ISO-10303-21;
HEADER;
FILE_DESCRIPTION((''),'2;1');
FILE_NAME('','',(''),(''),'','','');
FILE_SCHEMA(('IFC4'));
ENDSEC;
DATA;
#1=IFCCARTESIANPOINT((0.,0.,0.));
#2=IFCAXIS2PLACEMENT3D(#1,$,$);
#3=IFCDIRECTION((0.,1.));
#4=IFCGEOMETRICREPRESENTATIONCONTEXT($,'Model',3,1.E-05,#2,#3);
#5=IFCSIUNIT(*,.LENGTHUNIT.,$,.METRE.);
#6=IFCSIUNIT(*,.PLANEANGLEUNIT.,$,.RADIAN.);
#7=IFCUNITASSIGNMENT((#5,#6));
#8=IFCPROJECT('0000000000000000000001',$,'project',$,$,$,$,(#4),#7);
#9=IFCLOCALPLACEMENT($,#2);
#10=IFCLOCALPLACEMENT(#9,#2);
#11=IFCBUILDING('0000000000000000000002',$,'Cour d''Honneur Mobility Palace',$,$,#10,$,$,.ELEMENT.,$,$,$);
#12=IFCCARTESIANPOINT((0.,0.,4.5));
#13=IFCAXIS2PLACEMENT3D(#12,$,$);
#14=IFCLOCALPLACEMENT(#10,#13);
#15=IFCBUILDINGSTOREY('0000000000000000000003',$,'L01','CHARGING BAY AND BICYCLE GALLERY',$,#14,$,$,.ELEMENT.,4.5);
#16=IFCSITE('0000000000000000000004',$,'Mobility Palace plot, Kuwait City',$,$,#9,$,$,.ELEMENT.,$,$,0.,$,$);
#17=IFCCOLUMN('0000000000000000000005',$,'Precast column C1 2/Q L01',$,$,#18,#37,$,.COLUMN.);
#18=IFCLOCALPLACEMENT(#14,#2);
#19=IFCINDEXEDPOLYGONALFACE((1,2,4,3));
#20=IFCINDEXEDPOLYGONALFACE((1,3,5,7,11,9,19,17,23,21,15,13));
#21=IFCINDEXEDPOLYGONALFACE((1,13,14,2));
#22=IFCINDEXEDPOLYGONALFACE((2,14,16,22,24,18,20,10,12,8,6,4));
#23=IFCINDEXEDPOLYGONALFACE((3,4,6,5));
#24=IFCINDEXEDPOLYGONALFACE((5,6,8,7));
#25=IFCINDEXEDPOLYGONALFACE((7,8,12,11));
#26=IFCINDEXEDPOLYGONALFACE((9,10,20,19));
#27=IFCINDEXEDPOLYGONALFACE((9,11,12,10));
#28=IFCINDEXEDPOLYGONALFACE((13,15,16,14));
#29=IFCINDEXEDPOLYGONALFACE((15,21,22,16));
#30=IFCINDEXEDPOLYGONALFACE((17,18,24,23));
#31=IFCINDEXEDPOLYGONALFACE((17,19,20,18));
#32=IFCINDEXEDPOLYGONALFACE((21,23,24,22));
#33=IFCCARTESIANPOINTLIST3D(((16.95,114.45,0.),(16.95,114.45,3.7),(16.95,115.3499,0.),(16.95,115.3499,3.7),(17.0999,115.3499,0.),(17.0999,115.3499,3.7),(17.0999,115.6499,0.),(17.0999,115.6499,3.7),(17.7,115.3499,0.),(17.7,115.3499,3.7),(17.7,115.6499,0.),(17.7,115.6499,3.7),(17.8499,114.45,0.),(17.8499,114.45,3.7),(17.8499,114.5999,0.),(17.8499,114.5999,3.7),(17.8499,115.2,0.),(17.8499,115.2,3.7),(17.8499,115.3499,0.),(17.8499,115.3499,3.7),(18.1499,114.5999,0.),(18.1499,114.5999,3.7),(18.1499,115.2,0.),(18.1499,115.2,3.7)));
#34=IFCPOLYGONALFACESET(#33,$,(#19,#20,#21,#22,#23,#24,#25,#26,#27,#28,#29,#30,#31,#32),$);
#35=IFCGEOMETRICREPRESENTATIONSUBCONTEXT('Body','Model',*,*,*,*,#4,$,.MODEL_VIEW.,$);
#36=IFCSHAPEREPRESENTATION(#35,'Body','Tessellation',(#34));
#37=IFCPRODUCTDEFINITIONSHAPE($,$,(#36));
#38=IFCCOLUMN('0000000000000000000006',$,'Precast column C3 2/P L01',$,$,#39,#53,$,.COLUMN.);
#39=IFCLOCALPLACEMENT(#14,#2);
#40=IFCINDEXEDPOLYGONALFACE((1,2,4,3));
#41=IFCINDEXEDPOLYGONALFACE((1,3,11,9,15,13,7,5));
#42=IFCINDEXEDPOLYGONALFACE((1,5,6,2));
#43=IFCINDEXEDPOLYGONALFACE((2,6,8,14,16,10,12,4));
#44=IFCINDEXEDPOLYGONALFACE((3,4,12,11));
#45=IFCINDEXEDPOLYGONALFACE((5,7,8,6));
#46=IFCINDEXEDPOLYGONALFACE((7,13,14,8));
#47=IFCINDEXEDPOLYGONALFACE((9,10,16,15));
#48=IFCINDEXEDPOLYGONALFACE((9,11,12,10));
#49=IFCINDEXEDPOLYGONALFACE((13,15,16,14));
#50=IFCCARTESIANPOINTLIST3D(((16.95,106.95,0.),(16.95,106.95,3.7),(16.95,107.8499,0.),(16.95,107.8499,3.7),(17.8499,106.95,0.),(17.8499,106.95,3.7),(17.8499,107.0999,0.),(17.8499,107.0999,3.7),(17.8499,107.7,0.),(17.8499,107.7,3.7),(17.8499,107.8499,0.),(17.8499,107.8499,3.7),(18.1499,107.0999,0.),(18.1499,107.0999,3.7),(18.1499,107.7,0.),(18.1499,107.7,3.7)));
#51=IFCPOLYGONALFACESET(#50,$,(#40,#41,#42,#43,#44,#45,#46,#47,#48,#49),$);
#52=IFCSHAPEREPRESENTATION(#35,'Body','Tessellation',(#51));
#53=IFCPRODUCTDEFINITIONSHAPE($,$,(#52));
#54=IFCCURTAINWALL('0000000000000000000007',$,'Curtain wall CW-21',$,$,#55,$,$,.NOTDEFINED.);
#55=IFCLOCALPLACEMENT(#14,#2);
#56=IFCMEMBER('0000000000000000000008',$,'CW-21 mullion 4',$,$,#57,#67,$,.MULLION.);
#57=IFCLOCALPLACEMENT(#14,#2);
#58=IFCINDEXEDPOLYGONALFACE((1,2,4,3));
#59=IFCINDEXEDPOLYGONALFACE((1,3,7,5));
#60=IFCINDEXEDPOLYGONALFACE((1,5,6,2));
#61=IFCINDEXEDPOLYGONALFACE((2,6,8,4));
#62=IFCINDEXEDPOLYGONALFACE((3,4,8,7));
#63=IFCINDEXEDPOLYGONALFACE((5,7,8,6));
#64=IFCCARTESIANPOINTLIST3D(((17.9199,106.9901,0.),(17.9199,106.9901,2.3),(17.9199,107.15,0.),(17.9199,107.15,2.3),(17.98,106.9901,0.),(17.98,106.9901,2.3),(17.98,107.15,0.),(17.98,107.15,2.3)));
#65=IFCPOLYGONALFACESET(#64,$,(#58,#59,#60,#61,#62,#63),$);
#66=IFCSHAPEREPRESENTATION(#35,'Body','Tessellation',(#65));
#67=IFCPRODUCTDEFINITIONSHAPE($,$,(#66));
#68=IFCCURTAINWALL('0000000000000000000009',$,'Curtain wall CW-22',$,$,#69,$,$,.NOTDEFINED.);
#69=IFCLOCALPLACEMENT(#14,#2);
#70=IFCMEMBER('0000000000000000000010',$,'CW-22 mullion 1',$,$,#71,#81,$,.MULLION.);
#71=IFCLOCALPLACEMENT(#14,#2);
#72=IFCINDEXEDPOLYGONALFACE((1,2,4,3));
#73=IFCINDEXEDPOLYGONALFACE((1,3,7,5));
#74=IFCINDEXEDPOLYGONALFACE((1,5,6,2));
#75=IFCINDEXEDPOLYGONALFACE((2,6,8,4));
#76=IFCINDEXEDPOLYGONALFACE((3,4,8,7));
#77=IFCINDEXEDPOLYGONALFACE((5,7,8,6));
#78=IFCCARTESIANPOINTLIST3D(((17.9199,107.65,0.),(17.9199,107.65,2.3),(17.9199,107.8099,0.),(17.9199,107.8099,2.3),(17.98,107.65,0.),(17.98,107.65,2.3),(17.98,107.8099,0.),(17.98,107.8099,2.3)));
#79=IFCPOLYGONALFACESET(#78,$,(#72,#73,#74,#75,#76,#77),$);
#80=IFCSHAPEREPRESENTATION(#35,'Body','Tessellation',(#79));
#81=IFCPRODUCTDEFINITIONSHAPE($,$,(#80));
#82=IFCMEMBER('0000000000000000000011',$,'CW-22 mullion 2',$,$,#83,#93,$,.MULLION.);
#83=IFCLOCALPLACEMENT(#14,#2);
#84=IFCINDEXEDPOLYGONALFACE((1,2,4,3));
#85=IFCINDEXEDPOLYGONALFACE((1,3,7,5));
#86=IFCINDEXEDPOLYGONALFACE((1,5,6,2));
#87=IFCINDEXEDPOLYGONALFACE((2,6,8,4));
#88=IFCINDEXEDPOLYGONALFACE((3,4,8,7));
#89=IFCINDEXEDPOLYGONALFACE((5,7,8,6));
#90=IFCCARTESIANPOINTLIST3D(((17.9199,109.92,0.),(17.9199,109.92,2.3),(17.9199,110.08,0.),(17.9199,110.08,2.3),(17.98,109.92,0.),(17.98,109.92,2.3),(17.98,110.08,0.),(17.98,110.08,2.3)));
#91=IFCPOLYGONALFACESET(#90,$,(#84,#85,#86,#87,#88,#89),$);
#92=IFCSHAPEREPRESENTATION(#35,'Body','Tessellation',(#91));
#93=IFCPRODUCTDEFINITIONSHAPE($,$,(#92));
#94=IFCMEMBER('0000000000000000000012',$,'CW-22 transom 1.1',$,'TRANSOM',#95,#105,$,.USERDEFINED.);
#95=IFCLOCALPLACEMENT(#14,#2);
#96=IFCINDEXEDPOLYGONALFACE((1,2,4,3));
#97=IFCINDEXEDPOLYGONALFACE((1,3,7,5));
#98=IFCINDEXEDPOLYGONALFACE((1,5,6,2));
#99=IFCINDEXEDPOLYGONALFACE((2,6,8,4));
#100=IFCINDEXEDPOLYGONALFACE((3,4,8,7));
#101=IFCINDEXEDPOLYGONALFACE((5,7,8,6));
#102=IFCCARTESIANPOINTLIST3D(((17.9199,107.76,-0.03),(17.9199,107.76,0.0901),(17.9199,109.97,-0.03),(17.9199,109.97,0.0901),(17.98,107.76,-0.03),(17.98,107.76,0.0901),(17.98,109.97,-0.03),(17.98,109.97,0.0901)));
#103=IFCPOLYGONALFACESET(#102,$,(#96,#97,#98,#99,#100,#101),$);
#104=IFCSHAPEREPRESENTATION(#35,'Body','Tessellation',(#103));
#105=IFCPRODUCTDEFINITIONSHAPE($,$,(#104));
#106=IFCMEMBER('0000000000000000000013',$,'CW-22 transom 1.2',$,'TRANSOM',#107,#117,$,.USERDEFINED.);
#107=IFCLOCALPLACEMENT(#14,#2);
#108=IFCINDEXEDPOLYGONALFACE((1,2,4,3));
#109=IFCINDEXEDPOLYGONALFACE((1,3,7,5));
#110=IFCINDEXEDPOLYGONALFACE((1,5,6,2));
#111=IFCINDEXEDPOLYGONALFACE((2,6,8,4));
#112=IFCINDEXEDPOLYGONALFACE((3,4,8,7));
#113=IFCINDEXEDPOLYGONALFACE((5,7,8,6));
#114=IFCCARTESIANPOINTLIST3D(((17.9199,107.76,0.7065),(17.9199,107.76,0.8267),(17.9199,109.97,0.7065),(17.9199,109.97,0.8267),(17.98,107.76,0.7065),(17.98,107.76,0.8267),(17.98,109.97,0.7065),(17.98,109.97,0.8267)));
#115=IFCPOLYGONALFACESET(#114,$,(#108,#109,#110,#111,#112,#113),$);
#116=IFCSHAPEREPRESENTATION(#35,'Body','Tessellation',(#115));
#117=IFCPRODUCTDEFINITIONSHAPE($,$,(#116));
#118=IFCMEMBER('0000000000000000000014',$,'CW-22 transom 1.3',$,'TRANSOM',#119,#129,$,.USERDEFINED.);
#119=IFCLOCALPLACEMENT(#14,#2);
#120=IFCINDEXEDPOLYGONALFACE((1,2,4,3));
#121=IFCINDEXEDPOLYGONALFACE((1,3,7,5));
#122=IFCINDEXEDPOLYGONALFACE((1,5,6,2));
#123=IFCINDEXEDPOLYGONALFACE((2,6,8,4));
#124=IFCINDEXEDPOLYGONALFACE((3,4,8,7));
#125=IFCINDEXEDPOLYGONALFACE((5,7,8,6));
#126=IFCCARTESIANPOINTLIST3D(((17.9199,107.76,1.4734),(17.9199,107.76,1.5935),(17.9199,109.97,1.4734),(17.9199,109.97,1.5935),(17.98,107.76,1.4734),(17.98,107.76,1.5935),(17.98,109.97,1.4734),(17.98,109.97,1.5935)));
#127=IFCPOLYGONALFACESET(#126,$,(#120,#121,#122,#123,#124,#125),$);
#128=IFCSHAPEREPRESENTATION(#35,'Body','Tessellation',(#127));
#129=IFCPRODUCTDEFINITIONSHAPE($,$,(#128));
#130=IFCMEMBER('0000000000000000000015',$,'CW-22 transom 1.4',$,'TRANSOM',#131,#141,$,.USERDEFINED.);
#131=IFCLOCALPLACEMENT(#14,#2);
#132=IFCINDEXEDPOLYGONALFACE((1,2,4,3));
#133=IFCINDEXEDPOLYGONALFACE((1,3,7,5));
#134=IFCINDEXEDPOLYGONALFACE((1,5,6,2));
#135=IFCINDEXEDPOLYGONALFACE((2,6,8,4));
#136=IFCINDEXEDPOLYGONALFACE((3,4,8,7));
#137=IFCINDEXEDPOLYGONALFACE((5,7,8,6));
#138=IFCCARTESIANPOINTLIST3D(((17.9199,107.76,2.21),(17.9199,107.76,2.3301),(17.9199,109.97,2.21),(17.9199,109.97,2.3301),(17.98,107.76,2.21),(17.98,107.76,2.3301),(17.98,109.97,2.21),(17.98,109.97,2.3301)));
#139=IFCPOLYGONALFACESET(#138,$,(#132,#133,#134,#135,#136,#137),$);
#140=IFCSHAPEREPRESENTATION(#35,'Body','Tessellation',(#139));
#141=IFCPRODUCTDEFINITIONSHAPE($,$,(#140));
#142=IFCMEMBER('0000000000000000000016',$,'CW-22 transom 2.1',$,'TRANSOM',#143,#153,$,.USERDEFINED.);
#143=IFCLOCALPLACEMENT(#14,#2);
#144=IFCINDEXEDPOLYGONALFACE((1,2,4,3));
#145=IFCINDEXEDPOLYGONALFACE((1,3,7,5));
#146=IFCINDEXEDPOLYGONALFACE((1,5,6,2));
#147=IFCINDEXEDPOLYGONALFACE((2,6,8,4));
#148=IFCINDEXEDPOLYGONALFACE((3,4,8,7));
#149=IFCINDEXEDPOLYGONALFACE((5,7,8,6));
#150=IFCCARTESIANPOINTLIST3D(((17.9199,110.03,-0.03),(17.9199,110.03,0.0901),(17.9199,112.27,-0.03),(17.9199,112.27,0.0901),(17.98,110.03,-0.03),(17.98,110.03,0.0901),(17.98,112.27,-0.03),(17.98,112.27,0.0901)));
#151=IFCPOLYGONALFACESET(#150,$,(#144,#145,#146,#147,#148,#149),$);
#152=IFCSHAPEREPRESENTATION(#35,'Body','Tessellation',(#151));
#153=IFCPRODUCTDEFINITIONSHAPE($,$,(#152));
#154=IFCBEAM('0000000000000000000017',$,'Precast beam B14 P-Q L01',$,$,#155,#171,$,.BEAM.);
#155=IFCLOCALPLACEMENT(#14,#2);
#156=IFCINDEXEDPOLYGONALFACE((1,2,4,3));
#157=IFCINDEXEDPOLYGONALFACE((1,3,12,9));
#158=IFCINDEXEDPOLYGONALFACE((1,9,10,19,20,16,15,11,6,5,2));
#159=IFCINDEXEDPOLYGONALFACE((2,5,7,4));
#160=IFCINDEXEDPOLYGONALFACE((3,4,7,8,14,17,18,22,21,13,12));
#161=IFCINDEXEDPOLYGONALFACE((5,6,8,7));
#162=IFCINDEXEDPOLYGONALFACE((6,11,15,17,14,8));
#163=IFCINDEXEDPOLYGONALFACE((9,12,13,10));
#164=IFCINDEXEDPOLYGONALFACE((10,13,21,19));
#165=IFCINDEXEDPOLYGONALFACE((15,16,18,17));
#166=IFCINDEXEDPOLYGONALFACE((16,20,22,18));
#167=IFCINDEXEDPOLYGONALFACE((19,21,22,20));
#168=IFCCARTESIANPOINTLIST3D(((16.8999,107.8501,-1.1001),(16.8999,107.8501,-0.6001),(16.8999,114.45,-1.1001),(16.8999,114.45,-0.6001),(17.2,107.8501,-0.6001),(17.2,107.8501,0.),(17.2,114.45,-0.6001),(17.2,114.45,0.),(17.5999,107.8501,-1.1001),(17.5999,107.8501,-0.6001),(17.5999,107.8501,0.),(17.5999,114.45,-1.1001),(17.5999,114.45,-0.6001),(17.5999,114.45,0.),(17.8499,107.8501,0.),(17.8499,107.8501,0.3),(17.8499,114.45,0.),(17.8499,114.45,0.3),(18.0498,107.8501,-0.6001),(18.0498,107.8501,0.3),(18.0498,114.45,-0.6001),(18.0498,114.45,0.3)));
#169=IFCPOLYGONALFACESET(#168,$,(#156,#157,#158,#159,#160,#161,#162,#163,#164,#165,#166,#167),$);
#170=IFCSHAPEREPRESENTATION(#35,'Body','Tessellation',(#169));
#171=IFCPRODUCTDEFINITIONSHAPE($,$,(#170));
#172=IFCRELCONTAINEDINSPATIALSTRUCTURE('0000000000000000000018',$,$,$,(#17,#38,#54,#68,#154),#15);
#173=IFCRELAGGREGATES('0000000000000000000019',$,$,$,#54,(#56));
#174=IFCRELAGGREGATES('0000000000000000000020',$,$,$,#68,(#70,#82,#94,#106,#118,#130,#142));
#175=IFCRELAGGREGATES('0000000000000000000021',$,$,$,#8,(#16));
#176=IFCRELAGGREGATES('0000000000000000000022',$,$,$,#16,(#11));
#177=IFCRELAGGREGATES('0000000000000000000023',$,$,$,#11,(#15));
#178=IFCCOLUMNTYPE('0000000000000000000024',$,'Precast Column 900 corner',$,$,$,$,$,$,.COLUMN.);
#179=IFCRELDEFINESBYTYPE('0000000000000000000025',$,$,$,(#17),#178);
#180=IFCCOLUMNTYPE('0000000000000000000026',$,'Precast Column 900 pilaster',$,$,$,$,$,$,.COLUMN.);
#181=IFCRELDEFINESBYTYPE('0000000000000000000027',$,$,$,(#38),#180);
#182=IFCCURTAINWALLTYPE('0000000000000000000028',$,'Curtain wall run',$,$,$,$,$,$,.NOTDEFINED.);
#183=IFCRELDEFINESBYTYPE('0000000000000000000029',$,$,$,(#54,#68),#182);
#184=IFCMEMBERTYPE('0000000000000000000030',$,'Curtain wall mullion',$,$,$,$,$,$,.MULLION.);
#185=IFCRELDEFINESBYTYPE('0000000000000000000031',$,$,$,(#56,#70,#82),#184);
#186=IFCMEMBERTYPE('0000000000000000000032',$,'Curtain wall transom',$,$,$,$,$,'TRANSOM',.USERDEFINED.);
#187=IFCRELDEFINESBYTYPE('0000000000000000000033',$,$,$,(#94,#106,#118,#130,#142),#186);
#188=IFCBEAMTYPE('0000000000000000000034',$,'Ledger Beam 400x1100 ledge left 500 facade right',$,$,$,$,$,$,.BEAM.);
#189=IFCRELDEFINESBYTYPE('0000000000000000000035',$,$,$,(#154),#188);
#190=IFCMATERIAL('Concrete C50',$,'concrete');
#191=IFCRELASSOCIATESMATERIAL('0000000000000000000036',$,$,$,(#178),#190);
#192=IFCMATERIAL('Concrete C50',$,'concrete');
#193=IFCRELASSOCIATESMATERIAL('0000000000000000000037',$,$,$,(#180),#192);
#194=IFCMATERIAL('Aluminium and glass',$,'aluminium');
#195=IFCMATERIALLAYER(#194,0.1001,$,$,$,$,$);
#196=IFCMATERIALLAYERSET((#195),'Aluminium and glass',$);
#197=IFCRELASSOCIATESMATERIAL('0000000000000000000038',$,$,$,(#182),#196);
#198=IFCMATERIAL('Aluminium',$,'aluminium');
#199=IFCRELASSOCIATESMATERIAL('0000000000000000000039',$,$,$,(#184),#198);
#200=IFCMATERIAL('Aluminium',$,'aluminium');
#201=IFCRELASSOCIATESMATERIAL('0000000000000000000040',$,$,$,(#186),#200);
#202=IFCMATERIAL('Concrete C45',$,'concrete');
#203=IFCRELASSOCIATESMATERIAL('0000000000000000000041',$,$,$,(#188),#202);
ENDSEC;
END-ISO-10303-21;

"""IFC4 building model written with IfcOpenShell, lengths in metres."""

from ifc_helpers import new_model, si_unit, direction, frame, origin, origin_2d, place, context, subcontext, project, spatial, polyline, rectangle, outline, extrude, material, layer, layer_set, material_profile, profile_set, type_object, element, aggregate, save


model = new_model("IFC4")

# Units and contexts
model_context = context("Model", 3, precision=1e-05, world=origin(), true_north=direction((0.0, 1.0)))
body_context = subcontext(model_context, "Body", "Model", "MODEL_VIEW")
ifc_project = project(units=[si_unit("LENGTHUNIT", "METRE"), si_unit("PLANEANGLEUNIT", "RADIAN")], contexts=[model_context])

# Site, building, storey
site_placement = place(None, origin())
site = spatial("IfcSite", under=ifc_project, at=site_placement, Name="Mobility Palace plot, Kuwait City", CompositionType="ELEMENT", RefElevation=0.0)
building_placement = place(site_placement, origin())
building = spatial("IfcBuilding", under=site, at=building_placement, Name="Cour d'Honneur Mobility Palace", CompositionType="ELEMENT")
storey_placement = place(building_placement, frame((0.0, 0.0, 4.5)))
storey = spatial("IfcBuildingStorey", under=building, at=storey_placement, Name="L01", Description="CHARGING BAY AND BICYCLE GALLERY", CompositionType="ELEMENT", Elevation=4.5)

# Columns
ifc_material_1 = material(Name="Concrete C50", Category="concrete")
ifc_material_profile_1 = material_profile(ifc_material_1, outline(polyline([(-0.45, -0.45), (0.45, -0.45), (0.45, -0.3), (0.75, -0.3), (0.75, 0.3), (0.45, 0.3), (0.45, 0.45), (0.3, 0.45), (0.3, 0.75), (-0.3, 0.75), (-0.3, 0.45), (-0.45, 0.45), (-0.45, -0.45)])), Name="PC C900 corner")
ifc_profile_set_1 = profile_set([ifc_material_profile_1], Name="Concrete C50")
column_type_1 = type_object("IfcColumnType", Name="Precast Column 900 corner", PredefinedType="COLUMN", material=ifc_profile_set_1)
column_1_placement = place(storey_placement, frame((17.3999, 114.8999, 0.0), z_axis=(0.0, 0.0, 1.0), x_axis=(1.0, 0.0, 0.0)))
element("IfcColumn", 1, at=column_1_placement, inside=storey, type_object=column_type_1, Name="Precast column C1 2/Q L01", PredefinedType="COLUMN", context=body_context, shape_type="SweptSolid", body=[
    extrude(outline(polyline([(-0.45, -0.45), (0.45, -0.45), (0.45, -0.3), (0.75, -0.3), (0.75, 0.3), (0.45, 0.3), (0.45, 0.45), (0.3, 0.45), (0.3, 0.75), (-0.3, 0.75), (-0.3, 0.45), (-0.45, 0.45), (-0.45, -0.45)])), origin(), (0.0, 0.0, 1.0), 3.7),
])
ifc_material_2 = material(Name="Concrete C50", Category="concrete")
ifc_material_profile_2 = material_profile(ifc_material_2, outline(polyline([(-0.45, -0.45), (0.45, -0.45), (0.45, -0.3), (0.75, -0.3), (0.75, 0.3), (0.45, 0.3), (0.45, 0.45), (-0.45, 0.45), (-0.45, -0.45)])), Name="PC C900 pilaster")
ifc_profile_set_2 = profile_set([ifc_material_profile_2], Name="Concrete C50")
column_type_2 = type_object("IfcColumnType", Name="Precast Column 900 pilaster", PredefinedType="COLUMN", material=ifc_profile_set_2)
column_2_placement = place(storey_placement, frame((17.3999, 107.3999, 0.0), z_axis=(0.0, 0.0, 1.0), x_axis=(1.0, 0.0, 0.0)))
element("IfcColumn", 2, at=column_2_placement, inside=storey, type_object=column_type_2, Name="Precast column C3 2/P L01", PredefinedType="COLUMN", context=body_context, shape_type="SweptSolid", body=[
    extrude(outline(polyline([(-0.45, -0.45), (0.45, -0.45), (0.45, -0.3), (0.75, -0.3), (0.75, 0.3), (0.45, 0.3), (0.45, 0.45), (-0.45, 0.45), (-0.45, -0.45)])), origin(), (0.0, 0.0, 1.0), 3.7),
])

# Curtain wall, member
ifc_material_3 = material(Name="Aluminium and glass", Category="aluminium")
ifc_layer_1 = layer(ifc_material_3, 0.1001)
ifc_layer_set_1 = layer_set([ifc_layer_1], Name="Aluminium and glass")
curtain_wall_type = type_object("IfcCurtainWallType", Name="Curtain wall run", PredefinedType="NOTDEFINED", material=ifc_layer_set_1)
curtain_wall_1_placement = place(storey_placement, origin())
curtain_wall_1 = element("IfcCurtainWall", 3, at=curtain_wall_1_placement, inside=storey, type_object=curtain_wall_type, Name="Curtain wall CW-21", PredefinedType="NOTDEFINED")
ifc_material_4 = material(Name="Aluminium", Category="aluminium")
ifc_material_profile_3 = material_profile(ifc_material_4, rectangle(XDim=0.0601, YDim=0.1599, at=origin_2d()), Name="Curtain wall mullion")
ifc_profile_set_3 = profile_set([ifc_material_profile_3], Name="Aluminium")
member_type_1 = type_object("IfcMemberType", Name="Curtain wall mullion", PredefinedType="MULLION", material=ifc_profile_set_3)
member_1_placement = place(storey_placement, frame((17.95, 107.0701, 0.0), z_axis=(0.0, 0.0, 1.0), x_axis=(-1.0, 0.0, 0.0)))
member_1 = element("IfcMember", 4, at=member_1_placement, type_object=member_type_1, Name="CW-21 mullion 4", PredefinedType="MULLION", context=body_context, shape_type="SweptSolid", body=[
    extrude(rectangle(XDim=0.0601, YDim=0.1599, at=origin_2d()), origin(), (0.0, 0.0, 1.0), 2.3),
])
aggregate(curtain_wall_1, [member_1])

# Curtain wall, members
curtain_wall_2_placement = place(storey_placement, origin())
curtain_wall_2 = element("IfcCurtainWall", 5, at=curtain_wall_2_placement, inside=storey, type_object=curtain_wall_type, Name="Curtain wall CW-22", PredefinedType="NOTDEFINED")
member_2_placement = place(storey_placement, frame((17.95, 107.73, 0.0), z_axis=(0.0, 0.0, 1.0), x_axis=(-1.0, 0.0, 0.0)))
member_2 = element("IfcMember", 6, at=member_2_placement, type_object=member_type_1, Name="CW-22 mullion 1", PredefinedType="MULLION", context=body_context, shape_type="SweptSolid", body=[
    extrude(rectangle(XDim=0.0601, YDim=0.1599, at=origin_2d()), origin(), (0.0, 0.0, 1.0), 2.3),
])
member_3_placement = place(storey_placement, frame((17.95, 110.0, 0.0), z_axis=(0.0, 0.0, 1.0), x_axis=(-1.0, 0.0, 0.0)))
member_3 = element("IfcMember", 7, at=member_3_placement, type_object=member_type_1, Name="CW-22 mullion 2", PredefinedType="MULLION", context=body_context, shape_type="SweptSolid", body=[
    extrude(rectangle(XDim=0.0601, YDim=0.1599, at=origin_2d()), origin(), (0.0, 0.0, 1.0), 2.3),
])
ifc_material_5 = material(Name="Aluminium", Category="aluminium")
ifc_material_profile_4 = material_profile(ifc_material_5, rectangle(XDim=0.0601, YDim=0.1201, at=origin_2d()), Name="Curtain wall transom")
ifc_profile_set_4 = profile_set([ifc_material_profile_4], Name="Aluminium")
member_type_2 = type_object("IfcMemberType", Name="Curtain wall transom", ElementType="TRANSOM", PredefinedType="USERDEFINED", material=ifc_profile_set_4)
member_4_placement = place(storey_placement, frame((17.95, 107.76, 0.03), z_axis=(0.0, 1.0, 0.0), x_axis=(-1.0, 0.0, 0.0)))
member_4 = element("IfcMember", 8, at=member_4_placement, type_object=member_type_2, Name="CW-22 transom 1.1", ObjectType="TRANSOM", PredefinedType="USERDEFINED", context=body_context, shape_type="SweptSolid", body=[
    extrude(rectangle(XDim=0.0601, YDim=0.1201, at=origin_2d()), origin(), (0.0, 0.0, 1.0), 2.21),
])
member_5_placement = place(storey_placement, frame((17.95, 107.76, 0.7666), z_axis=(0.0, 1.0, 0.0), x_axis=(-1.0, 0.0, 0.0)))
member_5 = element("IfcMember", 9, at=member_5_placement, type_object=member_type_2, Name="CW-22 transom 1.2", ObjectType="TRANSOM", PredefinedType="USERDEFINED", context=body_context, shape_type="SweptSolid", body=[
    extrude(rectangle(XDim=0.0601, YDim=0.1201, at=origin_2d()), origin(), (0.0, 0.0, 1.0), 2.21),
])
member_6_placement = place(storey_placement, frame((17.95, 107.76, 1.5334), z_axis=(0.0, 1.0, 0.0), x_axis=(-1.0, 0.0, 0.0)))
member_6 = element("IfcMember", 10, at=member_6_placement, type_object=member_type_2, Name="CW-22 transom 1.3", ObjectType="TRANSOM", PredefinedType="USERDEFINED", context=body_context, shape_type="SweptSolid", body=[
    extrude(rectangle(XDim=0.0601, YDim=0.1201, at=origin_2d()), origin(), (0.0, 0.0, 1.0), 2.21),
])
member_7_placement = place(storey_placement, frame((17.95, 107.76, 2.27), z_axis=(0.0, 1.0, 0.0), x_axis=(-1.0, 0.0, 0.0)))
member_7 = element("IfcMember", 11, at=member_7_placement, type_object=member_type_2, Name="CW-22 transom 1.4", ObjectType="TRANSOM", PredefinedType="USERDEFINED", context=body_context, shape_type="SweptSolid", body=[
    extrude(rectangle(XDim=0.0601, YDim=0.1201, at=origin_2d()), origin(), (0.0, 0.0, 1.0), 2.21),
])
member_8_placement = place(storey_placement, frame((17.95, 110.03, 0.03), z_axis=(0.0, 1.0, 0.0), x_axis=(-1.0, 0.0, 0.0)))
member_8 = element("IfcMember", 12, at=member_8_placement, type_object=member_type_2, Name="CW-22 transom 2.1", ObjectType="TRANSOM", PredefinedType="USERDEFINED", context=body_context, shape_type="SweptSolid", body=[
    extrude(rectangle(XDim=0.0601, YDim=0.1201, at=origin_2d()), origin(), (0.0, 0.0, 1.0), 2.24),
])

# Beam
ifc_material_6 = material(Name="Concrete C45", Category="concrete")
ifc_material_profile_5 = material_profile(ifc_material_6, outline(polyline([(0.5, -1.1001), (0.5, -0.6001), (0.2, -0.6001), (0.2, 0.0), (-0.2, 0.0), (-0.45, 0.0), (-0.45, 0.3), (-0.6499, 0.3), (-0.6499, -0.6001), (-0.2, -0.6001), (-0.2, -1.1001), (0.5, -1.1001)])), Name="Ledger Beam 400x1100 ledge left 500 facade right")
ifc_profile_set_5 = profile_set([ifc_material_profile_5], Name="Concrete C45")
beam_type = type_object("IfcBeamType", Name="Ledger Beam 400x1100 ledge left 500 facade right", PredefinedType="BEAM", material=ifc_profile_set_5)
beam_placement = place(storey_placement, frame((17.3999, 107.8501, 0.0), z_axis=(0.0, 1.0, 0.0), x_axis=(-1.0, 0.0, 0.0)))
element("IfcBeam", 13, at=beam_placement, inside=storey, type_object=beam_type, Name="Precast beam B14 P-Q L01", PredefinedType="BEAM", context=body_context, shape_type="SweptSolid", body=[
    extrude(outline(polyline([(0.5, -1.1001), (0.5, -0.6001), (0.2, -0.6001), (0.2, 0.0), (-0.2, 0.0), (-0.45, 0.0), (-0.45, 0.3), (-0.6499, 0.3), (-0.6499, -0.6001), (-0.2, -0.6001), (-0.2, -1.1001), (0.5, -1.1001)])), origin(), (0.0, 0.0, 1.0), 6.5999),
])

aggregate(curtain_wall_2, [member_2, member_3, member_4, member_5, member_6, member_7, member_8])

save(model, "model.ifc")
